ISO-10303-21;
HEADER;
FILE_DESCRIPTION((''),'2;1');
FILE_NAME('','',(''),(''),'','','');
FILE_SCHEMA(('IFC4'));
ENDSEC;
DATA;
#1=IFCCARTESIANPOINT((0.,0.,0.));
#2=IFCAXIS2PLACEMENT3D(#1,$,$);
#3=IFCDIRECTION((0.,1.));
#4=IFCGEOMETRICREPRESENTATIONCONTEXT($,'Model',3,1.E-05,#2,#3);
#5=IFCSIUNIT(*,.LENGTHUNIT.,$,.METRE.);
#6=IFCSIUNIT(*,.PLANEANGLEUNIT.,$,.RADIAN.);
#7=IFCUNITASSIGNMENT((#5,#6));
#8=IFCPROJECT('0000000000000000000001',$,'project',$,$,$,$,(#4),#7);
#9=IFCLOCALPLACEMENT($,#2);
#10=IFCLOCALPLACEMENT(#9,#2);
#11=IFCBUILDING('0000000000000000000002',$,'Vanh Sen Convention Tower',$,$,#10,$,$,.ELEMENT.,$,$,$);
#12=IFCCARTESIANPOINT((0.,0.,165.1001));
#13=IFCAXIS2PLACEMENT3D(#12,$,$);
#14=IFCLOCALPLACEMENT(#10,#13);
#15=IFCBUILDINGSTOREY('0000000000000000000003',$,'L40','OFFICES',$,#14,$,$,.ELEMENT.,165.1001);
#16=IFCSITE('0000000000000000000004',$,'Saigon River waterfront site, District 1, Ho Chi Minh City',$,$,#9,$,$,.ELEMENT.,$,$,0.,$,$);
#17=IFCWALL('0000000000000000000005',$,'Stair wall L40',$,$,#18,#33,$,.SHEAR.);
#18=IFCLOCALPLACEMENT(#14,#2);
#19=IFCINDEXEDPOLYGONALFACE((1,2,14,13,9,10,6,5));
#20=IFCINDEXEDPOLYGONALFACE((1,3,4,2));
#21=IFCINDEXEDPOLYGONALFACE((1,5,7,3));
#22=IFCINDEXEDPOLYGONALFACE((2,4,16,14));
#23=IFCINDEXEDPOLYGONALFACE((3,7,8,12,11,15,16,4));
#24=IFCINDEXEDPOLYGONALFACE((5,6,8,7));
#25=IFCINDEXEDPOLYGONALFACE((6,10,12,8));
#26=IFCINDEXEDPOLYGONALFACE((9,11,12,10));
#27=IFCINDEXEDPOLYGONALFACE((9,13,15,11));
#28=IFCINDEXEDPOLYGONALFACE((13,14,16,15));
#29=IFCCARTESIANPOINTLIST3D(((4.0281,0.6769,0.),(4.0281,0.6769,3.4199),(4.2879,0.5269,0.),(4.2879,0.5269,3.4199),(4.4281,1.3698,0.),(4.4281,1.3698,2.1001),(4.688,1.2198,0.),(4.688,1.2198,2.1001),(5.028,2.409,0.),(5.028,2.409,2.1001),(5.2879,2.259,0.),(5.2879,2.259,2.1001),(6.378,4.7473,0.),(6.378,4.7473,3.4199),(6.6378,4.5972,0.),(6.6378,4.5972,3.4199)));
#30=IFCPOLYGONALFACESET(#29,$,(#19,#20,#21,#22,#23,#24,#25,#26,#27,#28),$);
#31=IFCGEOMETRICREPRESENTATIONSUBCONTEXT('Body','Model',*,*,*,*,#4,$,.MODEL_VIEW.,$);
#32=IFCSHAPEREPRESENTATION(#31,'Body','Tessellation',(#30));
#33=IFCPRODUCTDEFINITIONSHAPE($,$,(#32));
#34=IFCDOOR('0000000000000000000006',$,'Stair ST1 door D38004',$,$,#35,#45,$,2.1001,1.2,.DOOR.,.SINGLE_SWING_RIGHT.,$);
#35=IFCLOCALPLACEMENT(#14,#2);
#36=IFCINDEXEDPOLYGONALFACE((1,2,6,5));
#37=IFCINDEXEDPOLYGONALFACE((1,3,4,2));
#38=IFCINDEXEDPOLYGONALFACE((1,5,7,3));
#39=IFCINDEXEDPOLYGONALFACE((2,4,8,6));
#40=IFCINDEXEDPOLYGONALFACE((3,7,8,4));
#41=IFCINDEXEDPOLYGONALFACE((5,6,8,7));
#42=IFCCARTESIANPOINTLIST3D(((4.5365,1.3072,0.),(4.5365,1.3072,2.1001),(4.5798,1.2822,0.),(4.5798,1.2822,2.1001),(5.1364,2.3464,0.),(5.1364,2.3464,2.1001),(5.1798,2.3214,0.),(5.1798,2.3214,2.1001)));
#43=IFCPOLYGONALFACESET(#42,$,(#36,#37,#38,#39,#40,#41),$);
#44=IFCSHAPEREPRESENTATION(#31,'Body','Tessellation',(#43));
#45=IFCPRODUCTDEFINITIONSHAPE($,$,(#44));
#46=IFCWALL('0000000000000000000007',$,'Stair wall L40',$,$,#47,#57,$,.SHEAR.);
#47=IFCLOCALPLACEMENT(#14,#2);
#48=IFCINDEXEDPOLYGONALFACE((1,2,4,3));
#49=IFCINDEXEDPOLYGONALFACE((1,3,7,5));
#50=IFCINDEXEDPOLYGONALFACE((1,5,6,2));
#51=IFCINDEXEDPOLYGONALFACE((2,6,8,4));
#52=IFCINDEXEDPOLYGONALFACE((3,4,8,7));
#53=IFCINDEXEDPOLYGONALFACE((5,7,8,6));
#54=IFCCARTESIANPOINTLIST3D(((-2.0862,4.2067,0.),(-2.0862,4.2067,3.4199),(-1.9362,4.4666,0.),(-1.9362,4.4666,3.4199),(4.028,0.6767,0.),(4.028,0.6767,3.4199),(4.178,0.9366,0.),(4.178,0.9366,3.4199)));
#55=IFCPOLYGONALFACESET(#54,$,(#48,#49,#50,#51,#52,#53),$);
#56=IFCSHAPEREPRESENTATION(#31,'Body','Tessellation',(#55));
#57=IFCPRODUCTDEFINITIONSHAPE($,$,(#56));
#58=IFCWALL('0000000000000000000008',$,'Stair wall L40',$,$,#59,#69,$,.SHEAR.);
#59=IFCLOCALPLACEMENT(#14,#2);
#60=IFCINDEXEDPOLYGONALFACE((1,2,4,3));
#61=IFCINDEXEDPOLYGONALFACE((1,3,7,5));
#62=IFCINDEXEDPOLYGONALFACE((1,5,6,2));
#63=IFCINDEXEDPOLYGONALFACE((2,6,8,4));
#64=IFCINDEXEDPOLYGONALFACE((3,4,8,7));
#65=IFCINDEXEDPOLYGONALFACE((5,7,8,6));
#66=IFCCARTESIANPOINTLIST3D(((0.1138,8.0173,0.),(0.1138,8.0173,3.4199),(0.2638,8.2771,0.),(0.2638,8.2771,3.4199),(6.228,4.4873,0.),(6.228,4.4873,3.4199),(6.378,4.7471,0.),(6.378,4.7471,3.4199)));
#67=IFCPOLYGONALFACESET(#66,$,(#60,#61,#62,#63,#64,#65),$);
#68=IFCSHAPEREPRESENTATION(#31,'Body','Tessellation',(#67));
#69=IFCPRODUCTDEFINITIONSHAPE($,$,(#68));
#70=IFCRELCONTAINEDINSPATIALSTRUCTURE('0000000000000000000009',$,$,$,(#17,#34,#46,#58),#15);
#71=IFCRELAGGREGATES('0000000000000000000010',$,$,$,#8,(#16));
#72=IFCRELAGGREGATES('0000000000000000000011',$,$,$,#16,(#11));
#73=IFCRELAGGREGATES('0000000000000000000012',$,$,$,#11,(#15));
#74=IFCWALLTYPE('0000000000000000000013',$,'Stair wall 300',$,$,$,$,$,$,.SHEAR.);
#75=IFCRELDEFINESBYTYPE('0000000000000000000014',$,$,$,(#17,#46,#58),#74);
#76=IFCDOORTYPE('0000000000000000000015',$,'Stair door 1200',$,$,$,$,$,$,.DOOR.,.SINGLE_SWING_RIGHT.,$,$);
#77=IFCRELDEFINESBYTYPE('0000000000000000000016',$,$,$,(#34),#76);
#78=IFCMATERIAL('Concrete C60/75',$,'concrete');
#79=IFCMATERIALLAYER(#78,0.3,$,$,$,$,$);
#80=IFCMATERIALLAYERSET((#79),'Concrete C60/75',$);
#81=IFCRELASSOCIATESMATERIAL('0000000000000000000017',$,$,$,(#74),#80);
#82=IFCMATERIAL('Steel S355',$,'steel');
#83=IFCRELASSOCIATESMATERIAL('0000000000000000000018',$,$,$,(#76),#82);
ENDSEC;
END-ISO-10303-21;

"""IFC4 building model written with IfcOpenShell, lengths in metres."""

from ifc_helpers import new_model, si_unit, direction, frame, frame_2d, origin, place, context, subcontext, project, spatial, rectangle, extrude, material, layer, layer_set, type_object, element, fill, save


model = new_model("IFC4")

# Units and contexts
model_context = context("Model", 3, precision=1e-05, world=origin(), true_north=direction((0.0, 1.0)))
body_context = subcontext(model_context, "Body", "Model", "MODEL_VIEW")
ifc_project = project(units=[si_unit("LENGTHUNIT", "METRE"), si_unit("PLANEANGLEUNIT", "RADIAN")], contexts=[model_context])

# Site, building, storey
site_placement = place(None, origin())
site = spatial("IfcSite", under=ifc_project, at=site_placement, Name="Saigon River waterfront site, District 1, Ho Chi Minh City", CompositionType="ELEMENT", RefElevation=0.0)
building_placement = place(site_placement, origin())
building = spatial("IfcBuilding", under=site, at=building_placement, Name="Vanh Sen Convention Tower", CompositionType="ELEMENT")
storey_placement = place(building_placement, frame((0.0, 0.0, 165.1001)))
storey = spatial("IfcBuildingStorey", under=building, at=storey_placement, Name="L40", Description="OFFICES", CompositionType="ELEMENT", Elevation=165.1001)

# Shared definitions
ifc_material_1 = material(Name="Steel S355", Category="steel")

# Shared definitions
ifc_material_2 = material(Name="Concrete C60/75", Category="concrete")

# Wall, opening, door
ifc_layer_1 = layer(ifc_material_2, 0.3)
ifc_layer_set_1 = layer_set([ifc_layer_1], Name="Concrete C60/75")
wall_type_1 = type_object("IfcWallType", Name="Stair wall 300", PredefinedType="SHEAR", material=ifc_layer_set_1)
wall_1_placement = place(storey_placement, frame((4.158, 0.6018, 0.0), z_axis=(0.0, 0.0, 1.0), x_axis=(0.499977, 0.866039, 0.0)))
wall_1 = element("IfcWall", 1, at=wall_1_placement, inside=storey, type_object=wall_type_1, Name="Stair wall L40", PredefinedType="SHEAR", context=body_context, shape_type="SweptSolid", body=[
    extrude(rectangle(XDim=4.7, YDim=0.3, at=frame_2d((2.3501, 0.0))), origin(), (0.0, 0.0, 1.0), 3.4199),
])
opening_1_placement = place(wall_1_placement, frame((0.8, 0.0, 0.0)))
opening_1 = element("IfcOpeningElement", 2, at=opening_1_placement, cuts=wall_1, PredefinedType="OPENING", context=body_context, shape_type="SweptSolid", body=[
    extrude(rectangle(XDim=1.2, YDim=2.1001, at=frame_2d((0.6001, 1.05))), frame((0.0, 0.1599, 0.0), z_axis=(0.0, -1.0, 0.0), x_axis=(1.0, 0.0, 0.0)), (0.0, 0.0, 1.0), 0.3201),
])
door_type_1 = type_object("IfcDoorType", Name="Stair door 1200", OperationType="SINGLE_SWING_RIGHT", PredefinedType="DOOR", material=ifc_material_1)
door_1_placement = place(opening_1_placement, origin())
door_1 = element("IfcDoor", 3, at=door_1_placement, inside=storey, type_object=door_type_1, Name="Stair ST1 door D38004", OperationType="SINGLE_SWING_RIGHT", OverallHeight=2.1001, OverallWidth=1.2, PredefinedType="DOOR", context=body_context, shape_type="SweptSolid", body=[
    extrude(rectangle(XDim=1.2, YDim=2.1001, at=frame_2d((0.6001, 1.05))), frame((0.0, 0.0249, 0.0), z_axis=(0.0, -1.0, 0.0), x_axis=(1.0, 0.0, 0.0)), (0.0, 0.0, 1.0), 0.05),
])
fill(opening_1, door_1)

# Walls
for number, where, z_axis, x_axis, name in (
    (4, (4.103, 0.8066, 0.0), (0.0, 0.0, 1.0), (-0.866028, 0.499996, 0.0), "Stair wall L40"),
    (5, (6.303, 4.6172, 0.0), (0.0, 0.0, 1.0), (-0.866028, 0.499996, 0.0), "Stair wall L40"),
):
    element("IfcWall", number, at=place(storey_placement, frame(where, z_axis=z_axis, x_axis=x_axis)), inside=storey, type_object=wall_type_1, Name=name, PredefinedType="SHEAR", context=body_context, shape_type="SweptSolid", body=[
        extrude(rectangle(XDim=7.0601, YDim=0.3, at=frame_2d((3.53, 0.0))), origin(), (0.0, 0.0, 1.0), 3.4199),
    ])

save(model, "model.ifc")
